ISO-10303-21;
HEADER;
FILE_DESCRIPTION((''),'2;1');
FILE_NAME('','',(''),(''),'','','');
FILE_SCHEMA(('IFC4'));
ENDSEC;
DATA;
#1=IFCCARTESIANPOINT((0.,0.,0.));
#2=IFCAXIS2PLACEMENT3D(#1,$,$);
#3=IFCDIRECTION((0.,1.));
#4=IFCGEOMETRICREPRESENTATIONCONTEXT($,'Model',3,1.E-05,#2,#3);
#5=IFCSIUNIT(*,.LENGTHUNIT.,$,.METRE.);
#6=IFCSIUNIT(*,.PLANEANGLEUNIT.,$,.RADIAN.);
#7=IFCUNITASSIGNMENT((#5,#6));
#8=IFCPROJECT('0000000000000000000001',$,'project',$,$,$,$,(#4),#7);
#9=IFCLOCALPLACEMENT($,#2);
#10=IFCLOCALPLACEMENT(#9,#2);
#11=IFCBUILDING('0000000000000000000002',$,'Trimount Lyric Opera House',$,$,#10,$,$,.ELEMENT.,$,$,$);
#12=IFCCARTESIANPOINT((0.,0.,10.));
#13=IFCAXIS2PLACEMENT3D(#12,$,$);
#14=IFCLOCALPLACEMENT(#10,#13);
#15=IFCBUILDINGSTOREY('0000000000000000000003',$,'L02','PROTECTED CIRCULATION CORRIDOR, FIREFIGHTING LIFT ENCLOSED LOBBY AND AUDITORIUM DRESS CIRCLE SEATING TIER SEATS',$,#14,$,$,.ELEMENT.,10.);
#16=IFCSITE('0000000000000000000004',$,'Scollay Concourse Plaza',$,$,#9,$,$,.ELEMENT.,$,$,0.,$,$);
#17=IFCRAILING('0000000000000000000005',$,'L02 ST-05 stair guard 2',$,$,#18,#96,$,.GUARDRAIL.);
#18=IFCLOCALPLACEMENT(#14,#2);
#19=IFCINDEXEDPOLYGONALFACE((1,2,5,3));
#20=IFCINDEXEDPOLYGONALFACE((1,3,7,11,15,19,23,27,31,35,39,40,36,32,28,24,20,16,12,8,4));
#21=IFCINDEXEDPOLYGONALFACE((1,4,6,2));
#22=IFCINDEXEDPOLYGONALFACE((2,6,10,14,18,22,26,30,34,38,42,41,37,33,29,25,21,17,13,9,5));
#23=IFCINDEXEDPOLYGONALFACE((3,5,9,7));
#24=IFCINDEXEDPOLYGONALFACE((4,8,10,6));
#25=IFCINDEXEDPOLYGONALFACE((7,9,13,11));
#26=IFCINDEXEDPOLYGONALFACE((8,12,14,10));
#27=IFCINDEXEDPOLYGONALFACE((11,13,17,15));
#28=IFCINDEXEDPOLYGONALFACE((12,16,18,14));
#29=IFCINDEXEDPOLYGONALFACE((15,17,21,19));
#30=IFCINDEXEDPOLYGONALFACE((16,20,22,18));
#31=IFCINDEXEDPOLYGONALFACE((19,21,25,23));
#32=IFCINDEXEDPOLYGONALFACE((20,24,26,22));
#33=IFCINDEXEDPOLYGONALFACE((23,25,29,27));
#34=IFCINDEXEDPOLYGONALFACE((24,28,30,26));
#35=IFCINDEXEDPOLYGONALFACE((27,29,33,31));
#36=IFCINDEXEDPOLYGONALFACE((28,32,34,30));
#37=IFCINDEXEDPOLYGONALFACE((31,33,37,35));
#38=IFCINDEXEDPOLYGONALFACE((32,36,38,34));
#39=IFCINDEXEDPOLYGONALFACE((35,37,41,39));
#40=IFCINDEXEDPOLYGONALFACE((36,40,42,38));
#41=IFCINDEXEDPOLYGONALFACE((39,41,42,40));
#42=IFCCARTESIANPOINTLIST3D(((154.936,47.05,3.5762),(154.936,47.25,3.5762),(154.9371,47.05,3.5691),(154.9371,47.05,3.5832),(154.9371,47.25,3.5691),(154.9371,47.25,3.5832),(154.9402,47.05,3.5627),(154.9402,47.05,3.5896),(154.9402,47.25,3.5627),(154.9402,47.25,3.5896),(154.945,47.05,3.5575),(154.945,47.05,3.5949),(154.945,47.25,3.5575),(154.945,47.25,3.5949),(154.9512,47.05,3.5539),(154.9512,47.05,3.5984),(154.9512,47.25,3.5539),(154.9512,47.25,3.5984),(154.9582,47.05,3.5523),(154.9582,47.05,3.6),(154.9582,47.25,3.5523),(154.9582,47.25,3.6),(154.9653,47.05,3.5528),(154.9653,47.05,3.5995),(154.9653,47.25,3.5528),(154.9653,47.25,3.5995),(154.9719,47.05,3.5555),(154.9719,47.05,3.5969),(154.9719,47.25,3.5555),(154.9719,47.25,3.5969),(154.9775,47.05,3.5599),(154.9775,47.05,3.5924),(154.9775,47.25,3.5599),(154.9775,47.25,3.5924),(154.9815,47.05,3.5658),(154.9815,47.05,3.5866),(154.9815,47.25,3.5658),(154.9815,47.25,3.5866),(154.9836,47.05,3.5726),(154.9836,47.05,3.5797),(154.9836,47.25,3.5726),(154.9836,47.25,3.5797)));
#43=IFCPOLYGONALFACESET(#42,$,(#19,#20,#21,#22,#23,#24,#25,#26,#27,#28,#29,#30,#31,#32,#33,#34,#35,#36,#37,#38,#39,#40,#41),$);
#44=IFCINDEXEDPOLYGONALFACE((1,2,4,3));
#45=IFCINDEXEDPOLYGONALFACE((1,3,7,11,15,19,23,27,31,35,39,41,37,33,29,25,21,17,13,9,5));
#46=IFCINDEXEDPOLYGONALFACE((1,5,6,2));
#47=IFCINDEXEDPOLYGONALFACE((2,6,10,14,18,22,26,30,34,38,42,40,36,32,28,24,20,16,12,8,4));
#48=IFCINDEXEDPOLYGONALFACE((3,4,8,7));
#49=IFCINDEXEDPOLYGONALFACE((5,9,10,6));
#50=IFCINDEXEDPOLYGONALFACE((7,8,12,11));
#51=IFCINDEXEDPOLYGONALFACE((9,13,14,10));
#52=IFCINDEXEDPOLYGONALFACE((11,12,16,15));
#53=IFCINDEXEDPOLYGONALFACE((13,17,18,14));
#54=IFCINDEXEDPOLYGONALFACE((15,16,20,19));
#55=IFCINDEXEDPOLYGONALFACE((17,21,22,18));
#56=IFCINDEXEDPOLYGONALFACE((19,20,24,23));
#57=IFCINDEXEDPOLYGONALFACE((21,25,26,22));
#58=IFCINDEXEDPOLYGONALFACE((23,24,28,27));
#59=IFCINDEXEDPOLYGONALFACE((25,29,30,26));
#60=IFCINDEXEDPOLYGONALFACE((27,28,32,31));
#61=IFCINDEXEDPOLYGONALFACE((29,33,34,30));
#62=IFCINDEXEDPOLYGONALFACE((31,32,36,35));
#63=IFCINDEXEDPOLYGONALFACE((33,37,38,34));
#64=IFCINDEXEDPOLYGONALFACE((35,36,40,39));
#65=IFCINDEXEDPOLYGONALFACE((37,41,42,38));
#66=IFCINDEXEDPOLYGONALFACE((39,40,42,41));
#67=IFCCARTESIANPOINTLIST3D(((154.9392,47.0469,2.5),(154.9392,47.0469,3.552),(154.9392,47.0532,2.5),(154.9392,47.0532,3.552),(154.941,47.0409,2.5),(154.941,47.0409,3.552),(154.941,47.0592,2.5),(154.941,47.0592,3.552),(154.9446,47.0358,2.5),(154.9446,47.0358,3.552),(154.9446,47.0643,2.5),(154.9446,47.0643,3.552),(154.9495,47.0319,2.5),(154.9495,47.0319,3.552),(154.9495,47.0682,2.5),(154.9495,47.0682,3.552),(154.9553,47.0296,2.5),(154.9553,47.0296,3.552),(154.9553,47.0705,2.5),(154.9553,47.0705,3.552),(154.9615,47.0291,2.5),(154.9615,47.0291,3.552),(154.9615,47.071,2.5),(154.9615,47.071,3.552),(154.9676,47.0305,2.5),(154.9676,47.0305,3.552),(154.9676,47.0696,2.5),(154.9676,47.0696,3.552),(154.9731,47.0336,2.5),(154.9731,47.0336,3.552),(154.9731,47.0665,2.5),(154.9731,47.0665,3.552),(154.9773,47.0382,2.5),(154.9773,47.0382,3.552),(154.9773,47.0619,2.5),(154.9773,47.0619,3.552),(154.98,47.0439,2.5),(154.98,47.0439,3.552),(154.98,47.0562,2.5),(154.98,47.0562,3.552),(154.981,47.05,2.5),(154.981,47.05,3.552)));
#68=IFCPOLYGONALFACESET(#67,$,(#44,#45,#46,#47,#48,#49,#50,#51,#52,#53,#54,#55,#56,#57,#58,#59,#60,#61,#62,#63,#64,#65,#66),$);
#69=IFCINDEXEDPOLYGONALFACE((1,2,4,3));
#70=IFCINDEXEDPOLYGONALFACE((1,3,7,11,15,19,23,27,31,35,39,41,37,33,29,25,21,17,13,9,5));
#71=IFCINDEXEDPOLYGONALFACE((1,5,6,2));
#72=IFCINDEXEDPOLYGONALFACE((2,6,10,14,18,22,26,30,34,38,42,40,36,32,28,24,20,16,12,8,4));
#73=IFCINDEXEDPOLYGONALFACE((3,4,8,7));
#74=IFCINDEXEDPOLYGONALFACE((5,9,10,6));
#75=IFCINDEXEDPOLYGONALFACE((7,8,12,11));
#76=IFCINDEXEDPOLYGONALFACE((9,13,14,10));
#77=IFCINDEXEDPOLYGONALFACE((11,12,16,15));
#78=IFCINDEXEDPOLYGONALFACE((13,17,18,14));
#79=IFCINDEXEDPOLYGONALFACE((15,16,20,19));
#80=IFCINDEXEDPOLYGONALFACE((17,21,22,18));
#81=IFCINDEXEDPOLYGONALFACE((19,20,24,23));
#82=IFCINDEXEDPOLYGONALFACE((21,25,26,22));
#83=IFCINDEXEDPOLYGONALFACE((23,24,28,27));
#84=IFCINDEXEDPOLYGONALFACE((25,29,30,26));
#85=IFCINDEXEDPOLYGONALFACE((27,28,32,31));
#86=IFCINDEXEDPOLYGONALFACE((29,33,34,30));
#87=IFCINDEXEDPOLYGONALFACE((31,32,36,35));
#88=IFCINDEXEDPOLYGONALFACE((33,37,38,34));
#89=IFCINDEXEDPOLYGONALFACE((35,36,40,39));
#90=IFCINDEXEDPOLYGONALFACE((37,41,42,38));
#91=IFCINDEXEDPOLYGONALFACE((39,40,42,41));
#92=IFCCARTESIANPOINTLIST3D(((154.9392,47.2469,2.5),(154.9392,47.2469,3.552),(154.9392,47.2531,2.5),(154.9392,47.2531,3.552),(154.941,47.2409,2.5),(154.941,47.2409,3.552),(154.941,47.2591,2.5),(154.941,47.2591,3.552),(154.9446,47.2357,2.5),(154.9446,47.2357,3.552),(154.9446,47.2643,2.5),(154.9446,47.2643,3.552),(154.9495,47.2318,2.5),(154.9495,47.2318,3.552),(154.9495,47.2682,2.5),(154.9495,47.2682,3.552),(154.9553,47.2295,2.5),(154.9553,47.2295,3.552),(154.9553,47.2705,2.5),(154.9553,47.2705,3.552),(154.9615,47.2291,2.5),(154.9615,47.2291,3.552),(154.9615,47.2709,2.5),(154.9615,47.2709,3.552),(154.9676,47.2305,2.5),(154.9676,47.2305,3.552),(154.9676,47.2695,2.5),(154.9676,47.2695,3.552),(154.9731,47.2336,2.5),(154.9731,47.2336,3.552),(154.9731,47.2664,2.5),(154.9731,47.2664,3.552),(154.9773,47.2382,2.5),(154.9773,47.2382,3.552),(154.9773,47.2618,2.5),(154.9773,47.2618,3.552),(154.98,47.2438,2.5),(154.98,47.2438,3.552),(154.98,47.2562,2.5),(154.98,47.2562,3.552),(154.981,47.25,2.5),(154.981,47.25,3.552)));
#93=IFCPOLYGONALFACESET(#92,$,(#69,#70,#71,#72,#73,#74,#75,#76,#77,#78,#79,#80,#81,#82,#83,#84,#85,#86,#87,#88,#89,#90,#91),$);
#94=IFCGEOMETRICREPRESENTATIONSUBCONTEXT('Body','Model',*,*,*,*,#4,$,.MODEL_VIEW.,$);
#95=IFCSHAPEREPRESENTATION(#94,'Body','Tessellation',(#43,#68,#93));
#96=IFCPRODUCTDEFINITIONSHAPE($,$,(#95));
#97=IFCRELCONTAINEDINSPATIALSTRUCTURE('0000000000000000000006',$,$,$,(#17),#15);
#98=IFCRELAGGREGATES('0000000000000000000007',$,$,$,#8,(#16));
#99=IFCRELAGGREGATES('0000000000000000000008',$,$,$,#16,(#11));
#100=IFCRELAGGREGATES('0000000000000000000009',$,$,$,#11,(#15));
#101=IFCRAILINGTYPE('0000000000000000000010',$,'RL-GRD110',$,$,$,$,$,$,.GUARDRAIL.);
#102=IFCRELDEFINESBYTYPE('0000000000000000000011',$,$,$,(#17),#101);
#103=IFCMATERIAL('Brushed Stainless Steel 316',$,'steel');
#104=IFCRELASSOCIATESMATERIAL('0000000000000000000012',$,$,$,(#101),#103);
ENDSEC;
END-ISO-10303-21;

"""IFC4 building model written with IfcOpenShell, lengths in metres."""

from ifc_helpers import new_model, si_unit, direction, frame, origin, origin_2d, place, context, subcontext, project, spatial, circle, extrude, material, type_object, element, save


model = new_model("IFC4")

# Units and contexts
model_context = context("Model", 3, precision=1e-05, world=origin(), true_north=direction((0.0, 1.0)))
body_context = subcontext(model_context, "Body", "Model", "MODEL_VIEW")
ifc_project = project(units=[si_unit("LENGTHUNIT", "METRE"), si_unit("PLANEANGLEUNIT", "RADIAN")], contexts=[model_context])

# Site, building, storey
site_placement = place(None, origin())
site = spatial("IfcSite", under=ifc_project, at=site_placement, Name="Scollay Concourse Plaza", CompositionType="ELEMENT", RefElevation=0.0)
building_placement = place(site_placement, origin())
building = spatial("IfcBuilding", under=site, at=building_placement, Name="Trimount Lyric Opera House", CompositionType="ELEMENT")
storey_placement = place(building_placement, frame((0.0, 0.0, 10.0)))
storey = spatial("IfcBuildingStorey", under=building, at=storey_placement, Name="L02", Description="PROTECTED CIRCULATION CORRIDOR, FIREFIGHTING LIFT ENCLOSED LOBBY AND AUDITORIUM DRESS CIRCLE SEATING TIER SEATS", CompositionType="ELEMENT", Elevation=10.0)

# Railing
ifc_material_1 = material(Name="Brushed Stainless Steel 316", Category="steel")
railing_type_1 = type_object("IfcRailingType", Name="RL-GRD110", PredefinedType="GUARDRAIL", material=ifc_material_1)
railing_1_placement = place(storey_placement, frame((154.96, 47.05, 2.5)))
element("IfcRailing", 1, at=railing_1_placement, inside=storey, type_object=railing_type_1, Name="L02 ST-05 stair guard 2", PredefinedType="GUARDRAIL", context=body_context, shape_type="SweptSolid", body=[
    extrude(circle(Radius=0.0239, at=origin_2d()), frame((0.0, 0.0, 1.0762), z_axis=(0.0, 1.0, 0.0), x_axis=(-1.0, 0.0, 0.0)), (0.0, 0.0, 1.0), 0.2),
    extrude(circle(Radius=0.021, at=origin_2d()), origin(), (0.0, 0.0, 1.0), 1.052),
    extrude(circle(Radius=0.021, at=origin_2d()), frame((0.0, 0.2, 0.0)), (0.0, 0.0, 1.0), 1.052),
])

save(model, "model.ifc")
